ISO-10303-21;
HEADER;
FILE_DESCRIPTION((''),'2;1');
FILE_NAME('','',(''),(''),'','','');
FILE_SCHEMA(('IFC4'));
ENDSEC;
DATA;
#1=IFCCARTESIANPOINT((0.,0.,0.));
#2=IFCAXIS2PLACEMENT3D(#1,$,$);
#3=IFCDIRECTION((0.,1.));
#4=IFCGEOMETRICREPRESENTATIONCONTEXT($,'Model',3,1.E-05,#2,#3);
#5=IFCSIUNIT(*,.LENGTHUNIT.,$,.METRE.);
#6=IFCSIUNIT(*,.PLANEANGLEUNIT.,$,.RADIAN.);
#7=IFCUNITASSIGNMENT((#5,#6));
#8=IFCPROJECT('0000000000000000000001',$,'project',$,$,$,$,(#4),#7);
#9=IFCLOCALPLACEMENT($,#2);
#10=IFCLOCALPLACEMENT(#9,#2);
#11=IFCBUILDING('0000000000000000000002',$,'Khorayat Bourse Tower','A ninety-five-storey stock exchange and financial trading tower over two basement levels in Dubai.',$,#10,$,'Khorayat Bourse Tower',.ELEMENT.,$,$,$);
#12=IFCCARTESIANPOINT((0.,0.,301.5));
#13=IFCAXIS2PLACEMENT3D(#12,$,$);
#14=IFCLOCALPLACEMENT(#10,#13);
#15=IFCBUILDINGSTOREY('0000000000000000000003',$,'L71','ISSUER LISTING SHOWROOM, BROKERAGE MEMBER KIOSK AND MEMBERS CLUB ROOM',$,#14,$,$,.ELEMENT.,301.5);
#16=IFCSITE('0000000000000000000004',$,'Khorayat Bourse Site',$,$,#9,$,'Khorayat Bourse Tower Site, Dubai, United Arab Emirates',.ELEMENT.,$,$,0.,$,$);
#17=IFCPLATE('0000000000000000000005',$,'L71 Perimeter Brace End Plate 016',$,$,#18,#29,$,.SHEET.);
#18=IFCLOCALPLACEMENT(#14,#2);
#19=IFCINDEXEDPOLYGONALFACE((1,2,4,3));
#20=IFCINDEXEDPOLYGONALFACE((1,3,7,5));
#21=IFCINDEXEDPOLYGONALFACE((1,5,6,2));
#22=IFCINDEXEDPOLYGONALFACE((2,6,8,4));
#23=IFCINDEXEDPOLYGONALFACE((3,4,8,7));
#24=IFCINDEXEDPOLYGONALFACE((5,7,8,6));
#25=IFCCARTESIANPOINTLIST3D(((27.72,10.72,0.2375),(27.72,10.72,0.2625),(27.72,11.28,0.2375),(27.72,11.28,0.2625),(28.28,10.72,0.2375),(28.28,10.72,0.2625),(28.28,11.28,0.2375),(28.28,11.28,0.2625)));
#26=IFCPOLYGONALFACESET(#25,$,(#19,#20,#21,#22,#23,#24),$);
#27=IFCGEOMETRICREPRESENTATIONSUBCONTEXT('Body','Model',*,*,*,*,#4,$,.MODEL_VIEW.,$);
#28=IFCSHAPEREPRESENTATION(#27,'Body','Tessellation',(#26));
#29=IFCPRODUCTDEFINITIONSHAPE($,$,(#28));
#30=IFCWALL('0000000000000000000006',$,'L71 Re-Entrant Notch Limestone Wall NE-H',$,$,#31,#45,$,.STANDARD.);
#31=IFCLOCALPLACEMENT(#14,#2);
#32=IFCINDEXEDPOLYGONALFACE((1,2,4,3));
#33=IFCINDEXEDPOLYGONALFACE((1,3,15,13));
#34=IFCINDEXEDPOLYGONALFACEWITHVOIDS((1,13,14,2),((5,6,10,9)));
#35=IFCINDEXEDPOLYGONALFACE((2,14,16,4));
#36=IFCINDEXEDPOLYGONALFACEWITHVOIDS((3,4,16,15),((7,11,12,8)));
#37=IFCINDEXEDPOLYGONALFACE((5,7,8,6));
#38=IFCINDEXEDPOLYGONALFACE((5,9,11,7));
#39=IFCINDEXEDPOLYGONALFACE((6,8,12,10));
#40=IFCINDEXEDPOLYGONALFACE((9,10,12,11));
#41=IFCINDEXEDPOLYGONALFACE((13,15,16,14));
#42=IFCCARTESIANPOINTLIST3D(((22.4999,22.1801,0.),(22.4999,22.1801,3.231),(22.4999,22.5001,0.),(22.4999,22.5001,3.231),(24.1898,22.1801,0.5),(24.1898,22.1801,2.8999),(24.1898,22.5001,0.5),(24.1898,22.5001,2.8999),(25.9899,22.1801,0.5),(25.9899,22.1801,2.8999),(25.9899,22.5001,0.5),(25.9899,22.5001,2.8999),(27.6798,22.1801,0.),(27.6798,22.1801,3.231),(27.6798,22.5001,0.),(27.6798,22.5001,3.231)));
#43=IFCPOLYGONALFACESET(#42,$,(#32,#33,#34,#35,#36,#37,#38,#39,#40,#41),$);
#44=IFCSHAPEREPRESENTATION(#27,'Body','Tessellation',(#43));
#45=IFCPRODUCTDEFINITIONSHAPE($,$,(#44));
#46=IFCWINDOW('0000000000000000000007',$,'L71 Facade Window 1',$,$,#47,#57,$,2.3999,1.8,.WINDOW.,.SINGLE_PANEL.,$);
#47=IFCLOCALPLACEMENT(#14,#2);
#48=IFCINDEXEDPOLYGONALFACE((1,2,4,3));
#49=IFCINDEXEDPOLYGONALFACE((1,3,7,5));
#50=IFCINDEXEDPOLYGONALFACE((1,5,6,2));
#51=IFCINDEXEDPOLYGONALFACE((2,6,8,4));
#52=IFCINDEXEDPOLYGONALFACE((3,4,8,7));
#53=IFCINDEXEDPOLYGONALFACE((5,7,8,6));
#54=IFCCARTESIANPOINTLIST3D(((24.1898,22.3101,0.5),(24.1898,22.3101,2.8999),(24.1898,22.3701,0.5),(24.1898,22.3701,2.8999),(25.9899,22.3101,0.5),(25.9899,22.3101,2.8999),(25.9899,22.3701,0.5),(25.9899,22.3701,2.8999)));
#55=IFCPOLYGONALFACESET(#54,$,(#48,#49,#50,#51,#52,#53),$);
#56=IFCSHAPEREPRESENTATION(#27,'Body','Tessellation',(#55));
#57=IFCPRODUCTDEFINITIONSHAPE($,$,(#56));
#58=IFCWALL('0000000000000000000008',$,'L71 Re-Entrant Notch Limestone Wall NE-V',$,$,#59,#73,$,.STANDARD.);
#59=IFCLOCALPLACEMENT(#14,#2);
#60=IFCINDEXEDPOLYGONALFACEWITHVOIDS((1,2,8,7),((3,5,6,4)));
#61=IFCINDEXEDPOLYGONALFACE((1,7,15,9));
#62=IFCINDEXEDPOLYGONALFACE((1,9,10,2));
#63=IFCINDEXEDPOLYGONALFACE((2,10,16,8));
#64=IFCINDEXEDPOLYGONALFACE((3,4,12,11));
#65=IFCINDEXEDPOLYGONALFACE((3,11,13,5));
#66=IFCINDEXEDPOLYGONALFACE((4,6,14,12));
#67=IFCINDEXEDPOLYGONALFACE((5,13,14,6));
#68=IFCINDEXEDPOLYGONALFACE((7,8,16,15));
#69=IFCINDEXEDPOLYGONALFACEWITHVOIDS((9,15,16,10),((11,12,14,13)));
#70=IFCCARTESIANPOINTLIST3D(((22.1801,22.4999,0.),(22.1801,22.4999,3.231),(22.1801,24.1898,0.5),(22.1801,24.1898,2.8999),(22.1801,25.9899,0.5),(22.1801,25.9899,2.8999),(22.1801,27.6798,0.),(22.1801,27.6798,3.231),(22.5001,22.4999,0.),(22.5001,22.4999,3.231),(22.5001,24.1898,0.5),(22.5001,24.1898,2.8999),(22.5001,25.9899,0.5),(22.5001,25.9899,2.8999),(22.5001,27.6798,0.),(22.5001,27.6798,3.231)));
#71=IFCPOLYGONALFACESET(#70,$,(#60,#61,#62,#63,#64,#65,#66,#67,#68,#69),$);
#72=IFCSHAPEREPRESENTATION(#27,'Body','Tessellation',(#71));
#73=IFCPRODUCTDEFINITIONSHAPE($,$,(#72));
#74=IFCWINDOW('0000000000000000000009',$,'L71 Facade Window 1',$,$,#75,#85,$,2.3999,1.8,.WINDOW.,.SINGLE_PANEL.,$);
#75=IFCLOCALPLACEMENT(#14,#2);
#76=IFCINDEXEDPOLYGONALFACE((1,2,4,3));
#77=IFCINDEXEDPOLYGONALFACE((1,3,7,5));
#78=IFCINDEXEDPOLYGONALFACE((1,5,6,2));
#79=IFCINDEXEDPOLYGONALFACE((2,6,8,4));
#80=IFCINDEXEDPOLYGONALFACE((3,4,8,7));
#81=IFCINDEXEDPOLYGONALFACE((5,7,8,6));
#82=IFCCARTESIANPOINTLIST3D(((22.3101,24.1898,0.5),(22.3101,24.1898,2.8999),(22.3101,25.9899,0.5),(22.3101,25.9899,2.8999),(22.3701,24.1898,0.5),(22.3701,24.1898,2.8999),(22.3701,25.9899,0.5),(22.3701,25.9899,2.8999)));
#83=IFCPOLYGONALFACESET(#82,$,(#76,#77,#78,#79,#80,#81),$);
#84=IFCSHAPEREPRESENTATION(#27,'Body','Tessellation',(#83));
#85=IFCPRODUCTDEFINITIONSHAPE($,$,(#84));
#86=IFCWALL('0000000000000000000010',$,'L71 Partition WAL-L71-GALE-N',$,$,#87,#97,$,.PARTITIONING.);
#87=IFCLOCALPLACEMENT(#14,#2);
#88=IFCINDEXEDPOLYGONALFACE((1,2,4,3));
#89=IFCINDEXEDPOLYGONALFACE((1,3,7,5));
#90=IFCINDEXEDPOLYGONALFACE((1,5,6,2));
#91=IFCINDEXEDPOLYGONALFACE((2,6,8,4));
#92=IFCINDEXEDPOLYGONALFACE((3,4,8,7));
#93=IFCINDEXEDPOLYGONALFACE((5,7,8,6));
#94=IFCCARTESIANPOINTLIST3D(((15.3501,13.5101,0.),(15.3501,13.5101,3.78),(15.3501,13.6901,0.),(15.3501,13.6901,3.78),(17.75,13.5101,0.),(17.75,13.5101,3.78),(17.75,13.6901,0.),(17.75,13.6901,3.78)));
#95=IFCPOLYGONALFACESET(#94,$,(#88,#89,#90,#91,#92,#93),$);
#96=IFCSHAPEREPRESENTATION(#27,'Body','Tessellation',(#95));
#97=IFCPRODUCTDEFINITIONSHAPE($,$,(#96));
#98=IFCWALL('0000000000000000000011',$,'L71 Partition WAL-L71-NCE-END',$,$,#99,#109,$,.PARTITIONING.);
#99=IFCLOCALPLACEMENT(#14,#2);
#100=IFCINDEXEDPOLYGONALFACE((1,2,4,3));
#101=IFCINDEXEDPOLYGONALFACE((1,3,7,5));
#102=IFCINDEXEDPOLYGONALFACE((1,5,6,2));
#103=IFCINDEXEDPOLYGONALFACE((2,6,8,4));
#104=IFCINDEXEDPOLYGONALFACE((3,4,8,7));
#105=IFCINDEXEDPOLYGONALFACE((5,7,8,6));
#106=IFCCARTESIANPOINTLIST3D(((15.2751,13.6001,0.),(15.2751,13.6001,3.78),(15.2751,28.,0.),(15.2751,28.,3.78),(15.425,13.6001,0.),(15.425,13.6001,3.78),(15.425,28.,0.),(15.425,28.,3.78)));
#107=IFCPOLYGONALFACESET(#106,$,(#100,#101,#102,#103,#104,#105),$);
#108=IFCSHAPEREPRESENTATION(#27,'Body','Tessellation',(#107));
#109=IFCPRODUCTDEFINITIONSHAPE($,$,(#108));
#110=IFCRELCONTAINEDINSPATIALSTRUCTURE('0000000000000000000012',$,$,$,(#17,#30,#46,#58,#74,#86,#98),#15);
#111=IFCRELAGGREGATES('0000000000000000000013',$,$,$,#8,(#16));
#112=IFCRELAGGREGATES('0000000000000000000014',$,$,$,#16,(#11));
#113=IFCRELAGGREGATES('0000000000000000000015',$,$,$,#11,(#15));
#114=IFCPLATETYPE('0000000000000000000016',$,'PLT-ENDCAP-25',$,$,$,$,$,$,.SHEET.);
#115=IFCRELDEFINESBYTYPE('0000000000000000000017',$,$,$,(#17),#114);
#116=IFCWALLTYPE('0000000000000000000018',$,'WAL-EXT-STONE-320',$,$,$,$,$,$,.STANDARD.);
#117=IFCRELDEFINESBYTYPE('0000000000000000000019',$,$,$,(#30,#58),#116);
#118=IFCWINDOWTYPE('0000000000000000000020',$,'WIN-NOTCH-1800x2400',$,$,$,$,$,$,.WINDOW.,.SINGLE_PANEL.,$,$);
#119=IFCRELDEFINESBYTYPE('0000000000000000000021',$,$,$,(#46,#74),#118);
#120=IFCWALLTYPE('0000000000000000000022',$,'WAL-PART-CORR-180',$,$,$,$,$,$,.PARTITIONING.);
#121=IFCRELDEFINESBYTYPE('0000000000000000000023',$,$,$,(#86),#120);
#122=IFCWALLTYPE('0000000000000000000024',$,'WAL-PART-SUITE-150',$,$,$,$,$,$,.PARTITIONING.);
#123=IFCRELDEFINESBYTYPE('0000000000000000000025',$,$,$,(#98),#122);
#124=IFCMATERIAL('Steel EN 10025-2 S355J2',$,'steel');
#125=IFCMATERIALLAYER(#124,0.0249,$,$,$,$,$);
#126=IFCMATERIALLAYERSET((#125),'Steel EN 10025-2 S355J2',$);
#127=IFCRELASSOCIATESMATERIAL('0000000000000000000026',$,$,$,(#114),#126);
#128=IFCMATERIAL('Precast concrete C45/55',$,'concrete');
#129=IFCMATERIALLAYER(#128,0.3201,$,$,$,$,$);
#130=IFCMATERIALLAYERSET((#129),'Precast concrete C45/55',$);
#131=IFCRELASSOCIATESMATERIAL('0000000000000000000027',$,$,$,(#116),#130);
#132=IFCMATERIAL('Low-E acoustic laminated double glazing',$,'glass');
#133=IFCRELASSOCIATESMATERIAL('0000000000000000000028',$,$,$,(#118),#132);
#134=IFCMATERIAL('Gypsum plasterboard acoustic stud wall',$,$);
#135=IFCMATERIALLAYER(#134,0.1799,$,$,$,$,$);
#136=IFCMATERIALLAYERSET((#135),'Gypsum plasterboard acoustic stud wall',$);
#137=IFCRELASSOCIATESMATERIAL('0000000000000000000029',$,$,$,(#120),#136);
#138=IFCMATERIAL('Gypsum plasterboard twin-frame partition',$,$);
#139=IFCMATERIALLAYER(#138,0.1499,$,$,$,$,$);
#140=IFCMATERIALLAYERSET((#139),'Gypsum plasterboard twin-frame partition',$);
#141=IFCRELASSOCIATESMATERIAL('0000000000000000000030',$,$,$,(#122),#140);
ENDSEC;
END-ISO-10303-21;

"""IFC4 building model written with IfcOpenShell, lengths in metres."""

from ifc_helpers import new_model, si_unit, direction, frame, frame_2d, origin, origin_2d, place, context, subcontext, project, spatial, rectangle, extrude, source, transform, mapped, material, layer, layer_set, type_object, element, fill, save


model = new_model("IFC4")

# Units and contexts
model_context = context("Model", 3, precision=1e-05, world=origin(), true_north=direction((0.0, 1.0)))
body_context = subcontext(model_context, "Body", "Model", "MODEL_VIEW")
ifc_project = project(units=[si_unit("LENGTHUNIT", "METRE"), si_unit("PLANEANGLEUNIT", "RADIAN")], contexts=[model_context])

# Site, building, storey
site_placement = place(None, origin())
site = spatial("IfcSite", under=ifc_project, at=site_placement, Name="Khorayat Bourse Site", LongName="Khorayat Bourse Tower Site, Dubai, United Arab Emirates", CompositionType="ELEMENT", RefElevation=0.0)
building_placement = place(site_placement, origin())
building = spatial("IfcBuilding", under=site, at=building_placement, Name="Khorayat Bourse Tower", Description="A ninety-five-storey stock exchange and financial trading tower over two basement levels in Dubai.", LongName="Khorayat Bourse Tower", CompositionType="ELEMENT")
storey_placement = place(building_placement, frame((0.0, 0.0, 301.5)))
storey = spatial("IfcBuildingStorey", under=building, at=storey_placement, Name="L71", Description="ISSUER LISTING SHOWROOM, BROKERAGE MEMBER KIOSK AND MEMBERS CLUB ROOM", CompositionType="ELEMENT", Elevation=301.5)

# Plate
ifc_material_1 = material(Name="Steel EN 10025-2 S355J2", Category="steel")
ifc_layer_1 = layer(ifc_material_1, 0.0249)
ifc_layer_set_1 = layer_set([ifc_layer_1], Name="Steel EN 10025-2 S355J2")
plate_type = type_object("IfcPlateType", Name="PLT-ENDCAP-25", PredefinedType="SHEET", material=ifc_layer_set_1)
shared_shape_1 = source(origin(), body_context, "Body", "SweptSolid", [
    extrude(rectangle(XDim=0.5601, YDim=0.5601, at=origin_2d()), origin(), (0.0, 0.0, 1.0), 0.0249),
])
for number, where, z_axis, x_axis, name in (
    (1, (28.0, 11.0, 0.2375), (0.0, 0.0, 1.0), (1.0, 0.0, 0.0), "L71 Perimeter Brace End Plate 016"),
):
    element("IfcPlate", number, at=place(storey_placement, frame(where, z_axis=z_axis, x_axis=x_axis)), inside=storey, type_object=plate_type, Name=name, PredefinedType="SHEET", context=body_context, shape_type="MappedRepresentation", body=[
        mapped(shared_shape_1, transform((0.0, 0.0, 0.0), scale=1.0)),
    ])

# Walls, openings, windows
ifc_material_2 = material(Name="Precast concrete C45/55", Category="concrete")
ifc_layer_2 = layer(ifc_material_2, 0.3201)
ifc_layer_set_2 = layer_set([ifc_layer_2], Name="Precast concrete C45/55")
wall_type_1 = type_object("IfcWallType", Name="WAL-EXT-STONE-320", PredefinedType="STANDARD", material=ifc_layer_set_2)
shared_shape_2 = source(origin(), body_context, "Body", "SweptSolid", [
    extrude(rectangle(XDim=5.1799, YDim=0.3201, at=frame_2d((2.5898, 0.0))), origin(), (0.0, 0.0, 1.0), 3.231),
])
wall_1_placement = place(storey_placement, frame((22.5, 22.3401, 0.0), z_axis=(0.0, 0.0, 1.0), x_axis=(1.0, 0.0, 0.0)))
wall_1 = element("IfcWall", 2, at=wall_1_placement, inside=storey, type_object=wall_type_1, Name="L71 Re-Entrant Notch Limestone Wall NE-H", PredefinedType="STANDARD", context=body_context, shape_type="MappedRepresentation", body=[
    mapped(shared_shape_2, transform((0.0, 0.0, 0.0), scale=1.0)),
])
shared_shape_3 = source(origin(), body_context, "Body", "SweptSolid", [
    extrude(rectangle(XDim=1.8, YDim=2.3999, at=frame_2d((0.8999, 1.2))), frame((0.0, 0.1699, 0.0), z_axis=(0.0, -1.0, 0.0), x_axis=(1.0, 0.0, 0.0)), (0.0, 0.0, 1.0), 0.3401),
])
opening_1_placement = place(wall_1_placement, frame((1.6899, 0.0, 0.5)))
opening_1 = element("IfcOpeningElement", 3, at=opening_1_placement, cuts=wall_1, PredefinedType="OPENING", context=body_context, shape_type="MappedRepresentation", body=[
    mapped(shared_shape_3, transform((0.0, 0.0, 0.0), scale=1.0)),
])
ifc_material_3 = material(Name="Low-E acoustic laminated double glazing", Category="glass")
window_type = type_object("IfcWindowType", Name="WIN-NOTCH-1800x2400", PartitioningType="SINGLE_PANEL", PredefinedType="WINDOW", material=ifc_material_3)
shared_shape_4 = source(origin(), body_context, "Body", "SweptSolid", [
    extrude(rectangle(XDim=1.8, YDim=2.3999, at=frame_2d((0.8999, 1.2))), frame((0.0, 0.03, 0.0), z_axis=(0.0, -1.0, 0.0), x_axis=(1.0, 0.0, 0.0)), (0.0, 0.0, 1.0), 0.0601),
])
window_1_placement = place(opening_1_placement, origin())
window_1 = element("IfcWindow", 4, at=window_1_placement, inside=storey, type_object=window_type, Name="L71 Facade Window 1", OverallHeight=2.3999, OverallWidth=1.8, PartitioningType="SINGLE_PANEL", PredefinedType="WINDOW", context=body_context, shape_type="MappedRepresentation", body=[
    mapped(shared_shape_4, transform((0.0, 0.0, 0.0), scale=1.0)),
])
fill(opening_1, window_1)
wall_2_placement = place(storey_placement, frame((22.3401, 22.5, 0.0), z_axis=(0.0, 0.0, 1.0), x_axis=(0.0, 1.0, 0.0)))
wall_2 = element("IfcWall", 5, at=wall_2_placement, inside=storey, type_object=wall_type_1, Name="L71 Re-Entrant Notch Limestone Wall NE-V", PredefinedType="STANDARD", context=body_context, shape_type="MappedRepresentation", body=[
    mapped(shared_shape_2, transform((0.0, 0.0, 0.0), scale=1.0)),
])
opening_2_placement = place(wall_2_placement, frame((1.6899, 0.0, 0.5)))
opening_2 = element("IfcOpeningElement", 6, at=opening_2_placement, cuts=wall_2, PredefinedType="OPENING", context=body_context, shape_type="MappedRepresentation", body=[
    mapped(shared_shape_3, transform((0.0, 0.0, 0.0), scale=1.0)),
])
window_2_placement = place(opening_2_placement, origin())
window_2 = element("IfcWindow", 7, at=window_2_placement, inside=storey, type_object=window_type, Name="L71 Facade Window 1", OverallHeight=2.3999, OverallWidth=1.8, PartitioningType="SINGLE_PANEL", PredefinedType="WINDOW", context=body_context, shape_type="MappedRepresentation", body=[
    mapped(shared_shape_4, transform((0.0, 0.0, 0.0), scale=1.0)),
])
fill(opening_2, window_2)

# Walls
ifc_material_4 = material(Name="Gypsum plasterboard acoustic stud wall")
ifc_layer_3 = layer(ifc_material_4, 0.1799)
ifc_layer_set_3 = layer_set([ifc_layer_3], Name="Gypsum plasterboard acoustic stud wall")
wall_type_2 = type_object("IfcWallType", Name="WAL-PART-CORR-180", PredefinedType="PARTITIONING", material=ifc_layer_set_3)
shared_shape_5 = source(origin(), body_context, "Body", "SweptSolid", [
    extrude(rectangle(XDim=2.3999, YDim=0.1799, at=frame_2d((1.2, 0.0))), origin(), (0.0, 0.0, 1.0), 3.78),
])
wall_3_placement = place(storey_placement, frame((15.3501, 13.6001, 0.0), z_axis=(0.0, 0.0, 1.0), x_axis=(1.0, 0.0, 0.0)))
element("IfcWall", 8, at=wall_3_placement, inside=storey, type_object=wall_type_2, Name="L71 Partition WAL-L71-GALE-N", PredefinedType="PARTITIONING", context=body_context, shape_type="MappedRepresentation", body=[
    mapped(shared_shape_5, transform((0.0, 0.0, 0.0), scale=1.0)),
])
ifc_material_5 = material(Name="Gypsum plasterboard twin-frame partition")
ifc_layer_4 = layer(ifc_material_5, 0.1499)
ifc_layer_set_4 = layer_set([ifc_layer_4], Name="Gypsum plasterboard twin-frame partition")
wall_type_3 = type_object("IfcWallType", Name="WAL-PART-SUITE-150", PredefinedType="PARTITIONING", material=ifc_layer_set_4)
shared_shape_6 = source(origin(), body_context, "Body", "SweptSolid", [
    extrude(rectangle(XDim=14.3999, YDim=0.1499, at=frame_2d((7.2, 0.0))), origin(), (0.0, 0.0, 1.0), 3.78),
])
wall_4_placement = place(storey_placement, frame((15.3501, 13.6001, 0.0), z_axis=(0.0, 0.0, 1.0), x_axis=(0.0, 1.0, 0.0)))
element("IfcWall", 9, at=wall_4_placement, inside=storey, type_object=wall_type_3, Name="L71 Partition WAL-L71-NCE-END", PredefinedType="PARTITIONING", context=body_context, shape_type="MappedRepresentation", body=[
    mapped(shared_shape_6, transform((0.0, 0.0, 0.0), scale=1.0)),
])

save(model, "model.ifc")
